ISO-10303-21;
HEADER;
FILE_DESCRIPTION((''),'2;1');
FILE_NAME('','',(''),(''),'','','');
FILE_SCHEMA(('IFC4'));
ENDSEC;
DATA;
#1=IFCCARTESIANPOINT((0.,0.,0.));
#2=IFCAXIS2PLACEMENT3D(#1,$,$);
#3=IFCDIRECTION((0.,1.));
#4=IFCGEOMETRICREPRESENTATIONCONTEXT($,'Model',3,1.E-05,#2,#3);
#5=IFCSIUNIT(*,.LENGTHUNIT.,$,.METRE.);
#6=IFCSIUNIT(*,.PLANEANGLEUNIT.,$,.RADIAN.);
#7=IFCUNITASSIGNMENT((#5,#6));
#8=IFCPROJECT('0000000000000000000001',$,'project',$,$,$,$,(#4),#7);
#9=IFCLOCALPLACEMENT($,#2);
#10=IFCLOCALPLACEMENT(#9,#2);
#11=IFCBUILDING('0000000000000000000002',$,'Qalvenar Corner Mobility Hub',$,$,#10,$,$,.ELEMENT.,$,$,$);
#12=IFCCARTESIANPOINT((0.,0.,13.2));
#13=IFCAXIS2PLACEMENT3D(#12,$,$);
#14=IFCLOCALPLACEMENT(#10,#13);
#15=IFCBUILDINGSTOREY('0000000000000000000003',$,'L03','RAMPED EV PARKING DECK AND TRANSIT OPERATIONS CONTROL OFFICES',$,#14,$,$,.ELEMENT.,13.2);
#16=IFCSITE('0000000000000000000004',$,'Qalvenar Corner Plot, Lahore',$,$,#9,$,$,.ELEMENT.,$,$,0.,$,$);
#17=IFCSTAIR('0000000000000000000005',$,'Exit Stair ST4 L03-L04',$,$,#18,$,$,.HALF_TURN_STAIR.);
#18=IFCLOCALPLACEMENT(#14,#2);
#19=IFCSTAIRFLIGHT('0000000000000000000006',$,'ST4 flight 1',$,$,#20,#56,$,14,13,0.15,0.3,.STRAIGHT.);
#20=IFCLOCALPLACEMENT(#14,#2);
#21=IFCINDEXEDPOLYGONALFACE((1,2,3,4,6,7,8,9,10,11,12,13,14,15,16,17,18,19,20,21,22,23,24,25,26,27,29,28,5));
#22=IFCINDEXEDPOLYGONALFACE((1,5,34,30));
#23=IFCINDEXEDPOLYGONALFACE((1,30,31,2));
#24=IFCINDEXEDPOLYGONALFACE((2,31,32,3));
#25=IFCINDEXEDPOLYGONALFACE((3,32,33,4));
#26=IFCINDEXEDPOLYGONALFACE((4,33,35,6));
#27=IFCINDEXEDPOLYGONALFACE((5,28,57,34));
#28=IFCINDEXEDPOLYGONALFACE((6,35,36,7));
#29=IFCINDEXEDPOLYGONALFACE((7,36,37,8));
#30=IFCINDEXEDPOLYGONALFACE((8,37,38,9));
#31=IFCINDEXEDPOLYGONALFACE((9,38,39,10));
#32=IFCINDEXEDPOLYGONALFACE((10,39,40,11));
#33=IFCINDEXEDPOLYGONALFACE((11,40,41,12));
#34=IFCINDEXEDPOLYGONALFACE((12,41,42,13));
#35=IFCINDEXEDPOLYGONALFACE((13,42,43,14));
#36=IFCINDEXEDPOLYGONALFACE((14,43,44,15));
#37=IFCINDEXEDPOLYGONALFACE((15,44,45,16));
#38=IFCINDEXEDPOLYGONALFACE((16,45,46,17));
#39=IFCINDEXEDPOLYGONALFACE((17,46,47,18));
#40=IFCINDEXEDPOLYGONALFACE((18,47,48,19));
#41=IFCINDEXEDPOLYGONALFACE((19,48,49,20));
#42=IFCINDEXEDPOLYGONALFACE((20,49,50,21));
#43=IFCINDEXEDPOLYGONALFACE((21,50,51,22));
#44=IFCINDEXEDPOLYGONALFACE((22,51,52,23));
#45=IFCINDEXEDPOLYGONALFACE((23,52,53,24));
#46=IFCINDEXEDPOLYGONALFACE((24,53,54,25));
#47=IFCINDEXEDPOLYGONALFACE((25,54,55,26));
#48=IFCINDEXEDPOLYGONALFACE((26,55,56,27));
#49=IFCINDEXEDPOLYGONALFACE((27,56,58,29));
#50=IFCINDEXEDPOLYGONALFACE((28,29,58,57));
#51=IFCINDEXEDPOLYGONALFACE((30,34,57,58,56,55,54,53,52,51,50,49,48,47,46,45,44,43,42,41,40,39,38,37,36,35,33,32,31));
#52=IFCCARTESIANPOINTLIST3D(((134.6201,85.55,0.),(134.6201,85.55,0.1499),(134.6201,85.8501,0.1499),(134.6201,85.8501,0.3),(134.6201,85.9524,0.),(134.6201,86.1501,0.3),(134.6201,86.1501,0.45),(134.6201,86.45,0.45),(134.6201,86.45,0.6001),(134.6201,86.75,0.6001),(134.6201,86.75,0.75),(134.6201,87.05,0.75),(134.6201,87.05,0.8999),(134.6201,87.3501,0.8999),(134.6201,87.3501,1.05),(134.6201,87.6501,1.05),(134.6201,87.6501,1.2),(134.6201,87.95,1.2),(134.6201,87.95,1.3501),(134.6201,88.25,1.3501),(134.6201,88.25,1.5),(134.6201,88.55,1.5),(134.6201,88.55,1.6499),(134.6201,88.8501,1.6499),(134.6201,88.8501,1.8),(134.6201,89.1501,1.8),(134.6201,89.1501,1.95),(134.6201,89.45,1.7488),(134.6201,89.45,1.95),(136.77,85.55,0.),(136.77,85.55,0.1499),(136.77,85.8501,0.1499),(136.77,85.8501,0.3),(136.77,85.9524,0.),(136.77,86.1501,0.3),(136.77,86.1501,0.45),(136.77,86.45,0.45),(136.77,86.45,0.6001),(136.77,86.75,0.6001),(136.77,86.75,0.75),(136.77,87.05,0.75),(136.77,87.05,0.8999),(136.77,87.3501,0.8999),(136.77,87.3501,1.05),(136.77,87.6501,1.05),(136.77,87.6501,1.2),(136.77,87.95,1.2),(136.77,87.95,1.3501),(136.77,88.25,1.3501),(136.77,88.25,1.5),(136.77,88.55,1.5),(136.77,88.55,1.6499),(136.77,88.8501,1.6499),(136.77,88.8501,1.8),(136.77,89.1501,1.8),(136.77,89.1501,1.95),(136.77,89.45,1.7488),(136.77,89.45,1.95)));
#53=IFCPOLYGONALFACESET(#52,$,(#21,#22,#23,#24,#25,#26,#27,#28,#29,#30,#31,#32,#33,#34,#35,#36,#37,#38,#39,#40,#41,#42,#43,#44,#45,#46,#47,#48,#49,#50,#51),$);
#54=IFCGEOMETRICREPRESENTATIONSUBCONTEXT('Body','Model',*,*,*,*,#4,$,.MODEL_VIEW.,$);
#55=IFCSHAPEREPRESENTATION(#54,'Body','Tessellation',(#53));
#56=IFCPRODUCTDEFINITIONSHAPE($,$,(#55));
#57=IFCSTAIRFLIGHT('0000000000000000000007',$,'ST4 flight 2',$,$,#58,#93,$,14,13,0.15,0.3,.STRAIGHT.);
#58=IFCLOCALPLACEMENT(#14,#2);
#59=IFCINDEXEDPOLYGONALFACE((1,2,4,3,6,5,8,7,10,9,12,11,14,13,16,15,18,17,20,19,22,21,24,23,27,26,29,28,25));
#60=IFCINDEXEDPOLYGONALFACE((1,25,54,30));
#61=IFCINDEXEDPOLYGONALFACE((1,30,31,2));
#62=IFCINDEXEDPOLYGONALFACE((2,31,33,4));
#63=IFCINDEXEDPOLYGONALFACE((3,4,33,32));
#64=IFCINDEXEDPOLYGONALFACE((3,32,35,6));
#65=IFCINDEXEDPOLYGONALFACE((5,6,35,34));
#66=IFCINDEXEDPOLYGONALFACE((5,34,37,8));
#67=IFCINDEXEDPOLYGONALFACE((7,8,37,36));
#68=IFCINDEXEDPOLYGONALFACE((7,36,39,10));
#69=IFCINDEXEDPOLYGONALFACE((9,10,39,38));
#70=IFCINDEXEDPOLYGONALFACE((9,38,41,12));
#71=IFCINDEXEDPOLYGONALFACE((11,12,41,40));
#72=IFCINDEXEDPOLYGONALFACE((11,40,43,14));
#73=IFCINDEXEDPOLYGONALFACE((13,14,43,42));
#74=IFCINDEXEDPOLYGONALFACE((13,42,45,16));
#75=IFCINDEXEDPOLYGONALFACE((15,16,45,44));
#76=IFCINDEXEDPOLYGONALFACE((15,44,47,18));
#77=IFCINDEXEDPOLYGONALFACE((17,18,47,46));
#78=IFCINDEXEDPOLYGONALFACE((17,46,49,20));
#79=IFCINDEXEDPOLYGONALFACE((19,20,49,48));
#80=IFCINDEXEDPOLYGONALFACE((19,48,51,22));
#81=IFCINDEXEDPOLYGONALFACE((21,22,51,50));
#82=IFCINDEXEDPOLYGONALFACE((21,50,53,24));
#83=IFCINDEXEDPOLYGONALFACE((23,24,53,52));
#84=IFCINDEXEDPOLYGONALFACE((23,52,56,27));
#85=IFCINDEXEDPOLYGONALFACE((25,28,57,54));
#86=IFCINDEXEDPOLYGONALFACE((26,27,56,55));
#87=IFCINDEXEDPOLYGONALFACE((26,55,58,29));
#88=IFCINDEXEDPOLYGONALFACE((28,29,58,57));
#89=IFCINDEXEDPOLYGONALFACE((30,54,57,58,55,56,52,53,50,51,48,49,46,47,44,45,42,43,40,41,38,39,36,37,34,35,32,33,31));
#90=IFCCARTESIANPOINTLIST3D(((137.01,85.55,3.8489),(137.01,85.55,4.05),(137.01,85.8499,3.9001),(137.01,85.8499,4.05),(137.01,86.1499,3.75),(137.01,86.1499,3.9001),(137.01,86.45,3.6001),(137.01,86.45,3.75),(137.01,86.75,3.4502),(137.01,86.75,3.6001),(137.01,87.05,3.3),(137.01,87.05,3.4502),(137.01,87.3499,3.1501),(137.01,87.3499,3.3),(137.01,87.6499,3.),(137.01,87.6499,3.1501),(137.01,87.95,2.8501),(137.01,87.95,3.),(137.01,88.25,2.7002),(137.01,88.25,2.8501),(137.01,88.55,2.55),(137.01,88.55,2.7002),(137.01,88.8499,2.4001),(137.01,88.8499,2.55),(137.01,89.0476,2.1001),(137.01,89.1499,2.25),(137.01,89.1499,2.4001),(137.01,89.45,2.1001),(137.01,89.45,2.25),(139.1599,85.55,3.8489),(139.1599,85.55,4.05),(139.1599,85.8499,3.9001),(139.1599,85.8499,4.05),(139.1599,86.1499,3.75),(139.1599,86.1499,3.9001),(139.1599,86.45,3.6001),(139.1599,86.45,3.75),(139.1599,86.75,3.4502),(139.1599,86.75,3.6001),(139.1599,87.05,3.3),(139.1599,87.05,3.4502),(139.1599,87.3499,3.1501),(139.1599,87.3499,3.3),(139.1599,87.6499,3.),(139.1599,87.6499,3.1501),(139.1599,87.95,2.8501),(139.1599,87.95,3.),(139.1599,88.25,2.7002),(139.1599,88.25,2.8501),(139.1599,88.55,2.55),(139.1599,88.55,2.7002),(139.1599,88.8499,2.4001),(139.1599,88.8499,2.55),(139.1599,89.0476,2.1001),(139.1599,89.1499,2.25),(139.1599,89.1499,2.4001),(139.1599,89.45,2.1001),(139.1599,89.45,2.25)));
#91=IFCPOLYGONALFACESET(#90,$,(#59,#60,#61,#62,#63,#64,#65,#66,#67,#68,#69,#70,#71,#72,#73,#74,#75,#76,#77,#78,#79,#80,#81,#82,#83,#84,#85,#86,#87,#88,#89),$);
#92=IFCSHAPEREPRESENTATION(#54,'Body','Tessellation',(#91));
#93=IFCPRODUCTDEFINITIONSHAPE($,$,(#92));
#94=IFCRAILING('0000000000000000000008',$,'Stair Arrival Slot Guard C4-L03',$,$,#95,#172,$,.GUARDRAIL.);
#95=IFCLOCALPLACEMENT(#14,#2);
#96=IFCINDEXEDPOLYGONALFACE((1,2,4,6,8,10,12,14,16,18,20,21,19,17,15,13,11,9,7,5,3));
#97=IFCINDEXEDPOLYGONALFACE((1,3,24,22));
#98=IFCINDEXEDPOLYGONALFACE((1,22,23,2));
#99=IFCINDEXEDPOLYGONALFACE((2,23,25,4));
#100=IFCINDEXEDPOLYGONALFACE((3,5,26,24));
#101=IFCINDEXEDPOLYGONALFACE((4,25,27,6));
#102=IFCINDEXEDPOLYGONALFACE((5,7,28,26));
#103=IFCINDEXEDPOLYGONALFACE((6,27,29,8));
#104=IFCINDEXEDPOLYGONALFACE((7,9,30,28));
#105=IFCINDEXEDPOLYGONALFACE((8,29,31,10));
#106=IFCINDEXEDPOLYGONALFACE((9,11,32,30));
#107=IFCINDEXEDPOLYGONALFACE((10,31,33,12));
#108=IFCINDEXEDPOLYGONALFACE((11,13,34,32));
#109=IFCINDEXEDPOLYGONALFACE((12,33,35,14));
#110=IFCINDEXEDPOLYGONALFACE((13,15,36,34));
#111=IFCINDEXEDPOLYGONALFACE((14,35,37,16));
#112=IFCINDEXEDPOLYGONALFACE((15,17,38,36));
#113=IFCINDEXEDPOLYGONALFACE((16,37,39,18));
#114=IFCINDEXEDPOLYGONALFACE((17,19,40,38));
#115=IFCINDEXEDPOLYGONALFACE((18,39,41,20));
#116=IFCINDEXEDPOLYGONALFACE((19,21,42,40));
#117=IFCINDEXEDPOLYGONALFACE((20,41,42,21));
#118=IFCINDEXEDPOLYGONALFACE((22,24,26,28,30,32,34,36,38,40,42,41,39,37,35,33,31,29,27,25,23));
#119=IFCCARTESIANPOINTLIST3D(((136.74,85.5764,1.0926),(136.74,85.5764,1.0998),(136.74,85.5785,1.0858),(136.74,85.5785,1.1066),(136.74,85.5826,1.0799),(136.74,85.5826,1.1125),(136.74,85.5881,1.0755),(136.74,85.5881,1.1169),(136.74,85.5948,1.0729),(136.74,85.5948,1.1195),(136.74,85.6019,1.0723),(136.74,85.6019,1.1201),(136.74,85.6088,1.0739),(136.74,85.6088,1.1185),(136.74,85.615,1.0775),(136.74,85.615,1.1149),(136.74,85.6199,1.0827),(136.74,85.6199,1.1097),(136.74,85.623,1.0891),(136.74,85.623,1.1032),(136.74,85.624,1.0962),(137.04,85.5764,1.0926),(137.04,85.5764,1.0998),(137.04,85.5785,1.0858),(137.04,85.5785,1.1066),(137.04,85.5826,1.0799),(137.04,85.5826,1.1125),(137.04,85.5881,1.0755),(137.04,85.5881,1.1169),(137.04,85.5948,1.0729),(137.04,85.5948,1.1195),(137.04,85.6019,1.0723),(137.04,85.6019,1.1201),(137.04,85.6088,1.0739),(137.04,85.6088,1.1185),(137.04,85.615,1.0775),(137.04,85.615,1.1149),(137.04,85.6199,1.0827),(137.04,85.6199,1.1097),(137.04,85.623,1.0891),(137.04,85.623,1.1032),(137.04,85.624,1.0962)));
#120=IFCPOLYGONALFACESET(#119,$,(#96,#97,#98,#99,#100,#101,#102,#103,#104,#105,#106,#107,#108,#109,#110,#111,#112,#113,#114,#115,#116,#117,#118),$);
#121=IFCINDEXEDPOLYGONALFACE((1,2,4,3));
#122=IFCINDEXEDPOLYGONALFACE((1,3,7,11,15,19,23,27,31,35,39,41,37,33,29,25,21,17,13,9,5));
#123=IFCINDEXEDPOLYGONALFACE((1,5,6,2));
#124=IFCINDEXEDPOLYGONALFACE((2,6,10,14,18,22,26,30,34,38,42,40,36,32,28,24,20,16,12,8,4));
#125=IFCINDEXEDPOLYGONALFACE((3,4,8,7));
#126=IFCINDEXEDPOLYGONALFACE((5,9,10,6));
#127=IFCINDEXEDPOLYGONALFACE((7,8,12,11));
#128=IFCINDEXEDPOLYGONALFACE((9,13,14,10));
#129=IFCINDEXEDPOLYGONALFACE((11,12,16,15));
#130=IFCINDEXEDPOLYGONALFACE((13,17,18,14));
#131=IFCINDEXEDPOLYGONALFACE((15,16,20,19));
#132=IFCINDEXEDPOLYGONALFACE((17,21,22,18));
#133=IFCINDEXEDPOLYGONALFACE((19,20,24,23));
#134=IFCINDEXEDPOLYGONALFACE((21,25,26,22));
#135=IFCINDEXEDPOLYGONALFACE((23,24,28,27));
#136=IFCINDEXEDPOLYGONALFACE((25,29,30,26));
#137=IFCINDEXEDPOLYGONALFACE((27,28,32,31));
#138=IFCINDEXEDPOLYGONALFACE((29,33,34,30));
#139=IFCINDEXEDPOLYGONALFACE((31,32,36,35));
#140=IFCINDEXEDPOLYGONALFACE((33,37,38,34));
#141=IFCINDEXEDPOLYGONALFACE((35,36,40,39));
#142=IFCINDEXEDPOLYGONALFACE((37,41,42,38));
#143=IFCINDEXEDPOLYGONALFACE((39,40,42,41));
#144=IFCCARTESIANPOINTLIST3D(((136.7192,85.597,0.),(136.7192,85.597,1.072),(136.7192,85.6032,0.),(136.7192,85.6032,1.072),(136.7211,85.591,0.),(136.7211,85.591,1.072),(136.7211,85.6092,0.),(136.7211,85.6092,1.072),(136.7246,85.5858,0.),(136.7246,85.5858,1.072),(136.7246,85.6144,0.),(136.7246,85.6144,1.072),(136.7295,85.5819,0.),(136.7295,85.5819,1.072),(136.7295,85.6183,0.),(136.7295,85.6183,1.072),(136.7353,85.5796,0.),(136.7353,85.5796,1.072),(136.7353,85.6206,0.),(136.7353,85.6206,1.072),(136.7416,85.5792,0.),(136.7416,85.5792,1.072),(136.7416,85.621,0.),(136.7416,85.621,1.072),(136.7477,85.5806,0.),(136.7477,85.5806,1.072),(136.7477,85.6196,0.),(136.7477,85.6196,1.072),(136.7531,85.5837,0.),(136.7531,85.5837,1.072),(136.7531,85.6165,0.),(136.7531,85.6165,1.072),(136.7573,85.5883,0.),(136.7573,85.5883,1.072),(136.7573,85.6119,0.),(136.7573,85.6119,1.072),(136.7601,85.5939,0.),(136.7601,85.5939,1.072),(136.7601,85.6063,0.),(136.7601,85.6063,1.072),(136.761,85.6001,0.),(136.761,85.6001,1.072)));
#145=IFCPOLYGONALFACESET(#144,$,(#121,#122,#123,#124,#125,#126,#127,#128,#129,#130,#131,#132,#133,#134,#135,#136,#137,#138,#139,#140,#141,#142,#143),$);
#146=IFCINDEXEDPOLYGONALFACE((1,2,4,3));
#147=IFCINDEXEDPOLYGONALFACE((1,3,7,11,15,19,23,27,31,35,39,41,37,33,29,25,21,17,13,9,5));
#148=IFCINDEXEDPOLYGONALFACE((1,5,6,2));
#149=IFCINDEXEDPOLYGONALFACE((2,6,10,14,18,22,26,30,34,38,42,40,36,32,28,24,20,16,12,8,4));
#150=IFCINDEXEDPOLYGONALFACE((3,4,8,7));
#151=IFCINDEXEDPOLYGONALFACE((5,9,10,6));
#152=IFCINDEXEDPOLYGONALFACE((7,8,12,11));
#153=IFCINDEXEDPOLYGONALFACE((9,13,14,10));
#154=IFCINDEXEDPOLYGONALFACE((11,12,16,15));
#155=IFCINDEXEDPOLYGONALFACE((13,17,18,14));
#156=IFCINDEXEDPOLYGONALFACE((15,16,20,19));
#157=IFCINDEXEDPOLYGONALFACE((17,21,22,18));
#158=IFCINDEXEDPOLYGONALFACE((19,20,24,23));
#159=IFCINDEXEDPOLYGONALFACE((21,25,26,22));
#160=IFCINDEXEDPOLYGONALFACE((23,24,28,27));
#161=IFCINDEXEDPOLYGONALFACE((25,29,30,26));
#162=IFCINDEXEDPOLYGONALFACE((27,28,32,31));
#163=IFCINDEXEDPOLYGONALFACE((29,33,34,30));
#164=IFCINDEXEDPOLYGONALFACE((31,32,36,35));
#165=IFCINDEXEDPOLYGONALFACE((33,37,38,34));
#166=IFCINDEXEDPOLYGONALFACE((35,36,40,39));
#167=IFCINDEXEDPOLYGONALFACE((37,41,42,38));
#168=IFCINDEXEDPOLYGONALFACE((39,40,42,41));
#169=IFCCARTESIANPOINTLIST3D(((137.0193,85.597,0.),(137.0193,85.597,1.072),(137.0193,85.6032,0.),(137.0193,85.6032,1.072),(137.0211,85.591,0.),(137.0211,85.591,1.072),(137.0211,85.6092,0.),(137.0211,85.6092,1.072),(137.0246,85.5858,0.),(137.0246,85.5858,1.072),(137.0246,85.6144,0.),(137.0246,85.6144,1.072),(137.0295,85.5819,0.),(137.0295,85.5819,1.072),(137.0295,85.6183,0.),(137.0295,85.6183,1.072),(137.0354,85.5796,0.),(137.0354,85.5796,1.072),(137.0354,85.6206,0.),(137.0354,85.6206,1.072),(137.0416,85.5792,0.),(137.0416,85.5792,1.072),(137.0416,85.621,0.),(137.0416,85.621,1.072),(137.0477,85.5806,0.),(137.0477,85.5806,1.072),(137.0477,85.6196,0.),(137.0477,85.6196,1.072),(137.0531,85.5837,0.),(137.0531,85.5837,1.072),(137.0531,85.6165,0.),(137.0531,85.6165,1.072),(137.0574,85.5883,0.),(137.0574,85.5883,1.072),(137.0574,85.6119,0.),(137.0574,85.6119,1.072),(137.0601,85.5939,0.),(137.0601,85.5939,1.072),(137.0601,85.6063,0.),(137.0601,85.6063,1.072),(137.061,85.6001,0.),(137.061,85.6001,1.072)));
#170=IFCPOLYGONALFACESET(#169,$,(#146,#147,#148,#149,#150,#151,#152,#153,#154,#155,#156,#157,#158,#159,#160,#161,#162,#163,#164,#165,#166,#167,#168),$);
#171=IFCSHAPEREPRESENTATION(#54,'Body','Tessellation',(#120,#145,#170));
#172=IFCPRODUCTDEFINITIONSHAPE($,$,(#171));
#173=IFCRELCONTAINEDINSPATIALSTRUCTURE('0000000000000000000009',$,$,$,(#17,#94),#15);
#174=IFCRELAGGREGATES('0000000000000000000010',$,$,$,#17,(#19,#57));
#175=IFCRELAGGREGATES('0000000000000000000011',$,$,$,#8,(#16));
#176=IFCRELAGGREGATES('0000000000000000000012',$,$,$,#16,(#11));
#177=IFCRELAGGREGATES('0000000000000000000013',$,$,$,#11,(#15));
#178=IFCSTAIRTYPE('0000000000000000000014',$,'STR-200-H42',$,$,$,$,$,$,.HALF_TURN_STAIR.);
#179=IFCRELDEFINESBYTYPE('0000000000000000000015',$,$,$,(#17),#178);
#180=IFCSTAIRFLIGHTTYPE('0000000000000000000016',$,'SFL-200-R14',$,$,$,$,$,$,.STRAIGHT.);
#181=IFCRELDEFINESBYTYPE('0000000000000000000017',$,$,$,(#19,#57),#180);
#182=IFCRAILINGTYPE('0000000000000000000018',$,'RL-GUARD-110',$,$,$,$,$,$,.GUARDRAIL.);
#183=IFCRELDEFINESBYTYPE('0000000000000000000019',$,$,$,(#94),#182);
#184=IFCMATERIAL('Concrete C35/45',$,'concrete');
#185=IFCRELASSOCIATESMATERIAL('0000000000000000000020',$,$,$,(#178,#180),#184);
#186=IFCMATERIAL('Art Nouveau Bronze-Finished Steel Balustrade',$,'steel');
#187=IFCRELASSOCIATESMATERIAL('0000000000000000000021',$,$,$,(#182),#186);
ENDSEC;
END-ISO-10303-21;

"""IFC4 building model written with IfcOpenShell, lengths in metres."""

from ifc_helpers import new_model, si_unit, direction, frame, origin, origin_2d, place, context, subcontext, project, spatial, polyline, circle, outline, extrude, material, type_object, element, aggregate, save


model = new_model("IFC4")

# Units and contexts
model_context = context("Model", 3, precision=1e-05, world=origin(), true_north=direction((0.0, 1.0)))
body_context = subcontext(model_context, "Body", "Model", "MODEL_VIEW")
ifc_project = project(units=[si_unit("LENGTHUNIT", "METRE"), si_unit("PLANEANGLEUNIT", "RADIAN")], contexts=[model_context])

# Site, building, storey
site_placement = place(None, origin())
site = spatial("IfcSite", under=ifc_project, at=site_placement, Name="Qalvenar Corner Plot, Lahore", CompositionType="ELEMENT", RefElevation=0.0)
building_placement = place(site_placement, origin())
building = spatial("IfcBuilding", under=site, at=building_placement, Name="Qalvenar Corner Mobility Hub", CompositionType="ELEMENT")
storey_placement = place(building_placement, frame((0.0, 0.0, 13.2)))
storey = spatial("IfcBuildingStorey", under=building, at=storey_placement, Name="L03", Description="RAMPED EV PARKING DECK AND TRANSIT OPERATIONS CONTROL OFFICES", CompositionType="ELEMENT", Elevation=13.2)

# Stair, stair flights
ifc_material_1 = material(Name="Concrete C35/45", Category="concrete")
stair_type = type_object("IfcStairType", Name="STR-200-H42", PredefinedType="HALF_TURN_STAIR", material=ifc_material_1)
stair_placement = place(storey_placement, origin())
stair = element("IfcStair", 1, at=stair_placement, inside=storey, type_object=stair_type, Name="Exit Stair ST4 L03-L04", PredefinedType="HALF_TURN_STAIR")
stair_flight_type = type_object("IfcStairFlightType", Name="SFL-200-R14", PredefinedType="STRAIGHT", material=ifc_material_1)
stair_flight_1_placement = place(storey_placement, frame((135.6951, 85.55, 0.0), z_axis=(0.0, 0.0, 1.0), x_axis=(0.0, 1.0, 0.0)))
stair_flight_1 = element("IfcStairFlight", 2, at=stair_flight_1_placement, type_object=stair_flight_type, Name="ST4 flight 1", NumberOfRisers=14, NumberOfTreads=13, PredefinedType="STRAIGHT", RiserHeight=0.15, TreadLength=0.3, context=body_context, shape_type="SweptSolid", body=[
    extrude(outline(polyline([(0.0, 0.0), (0.0, 0.1499), (0.3, 0.1499), (0.3, 0.3), (0.6001, 0.3), (0.6001, 0.45), (0.8999, 0.45), (0.8999, 0.6001), (1.2, 0.6001), (1.2, 0.75), (1.5, 0.75), (1.5, 0.8999), (1.8, 0.8999), (1.8, 1.05), (2.1001, 1.05), (2.1001, 1.2), (2.3999, 1.2), (2.3999, 1.3501), (2.7, 1.3501), (2.7, 1.5), (3.0, 1.5), (3.0, 1.6499), (3.3, 1.6499), (3.3, 1.8), (3.6001, 1.8), (3.6001, 1.95), (3.8999, 1.95), (3.8999, 2.1001), (3.8999, 1.7488), (0.4023, 0.0), (0.0, 0.0)])), frame((0.0, 1.075, 0.0), z_axis=(0.0, -1.0, 0.0), x_axis=(1.0, 0.0, 0.0)), (0.0, 0.0, 1.0), 2.1499),
])
stair_flight_2_placement = place(storey_placement, frame((138.085, 89.45, 2.1001), z_axis=(0.0, 0.0, 1.0), x_axis=(0.0, -1.0, 0.0)))
stair_flight_2 = element("IfcStairFlight", 3, at=stair_flight_2_placement, type_object=stair_flight_type, Name="ST4 flight 2", NumberOfRisers=14, NumberOfTreads=13, PredefinedType="STRAIGHT", RiserHeight=0.15, TreadLength=0.3, context=body_context, shape_type="SweptSolid", body=[
    extrude(outline(polyline([(0.0, 0.0), (0.0, 0.1499), (0.3, 0.1499), (0.3, 0.3), (0.6001, 0.3), (0.6001, 0.45), (0.8999, 0.45), (0.8999, 0.6001), (1.2, 0.6001), (1.2, 0.75), (1.5, 0.75), (1.5, 0.8999), (1.8, 0.8999), (1.8, 1.05), (2.1001, 1.05), (2.1001, 1.2), (2.3999, 1.2), (2.3999, 1.3501), (2.7, 1.3501), (2.7, 1.5), (3.0, 1.5), (3.0, 1.6499), (3.3, 1.6499), (3.3, 1.8), (3.6001, 1.8), (3.6001, 1.95), (3.8999, 1.95), (3.8999, 2.1001), (3.8999, 1.7488), (0.4023, 0.0), (0.0, 0.0)])), frame((0.0, 1.075, 0.0), z_axis=(0.0, -1.0, 0.0), x_axis=(1.0, 0.0, 0.0)), (0.0, 0.0, 1.0), 2.1499),
])
aggregate(stair, [stair_flight_1, stair_flight_2])

# Railing
ifc_material_2 = material(Name="Art Nouveau Bronze-Finished Steel Balustrade", Category="steel")
railing_type_1 = type_object("IfcRailingType", Name="RL-GUARD-110", PredefinedType="GUARDRAIL", material=ifc_material_2)
for number, where, name in (
    (4, (136.74, 85.6001, 0.0), "Stair Arrival Slot Guard C4-L03"),
):
    element("IfcRailing", number, at=place(storey_placement, frame(where)), inside=storey, type_object=railing_type_1, Name=name, PredefinedType="GUARDRAIL", context=body_context, shape_type="SweptSolid", body=[
        extrude(circle(Radius=0.0239, at=origin_2d()), frame((0.0, 0.0, 1.0962), z_axis=(1.0, 0.0, 0.0), x_axis=(0.0, 1.0, 0.0)), (0.0, 0.0, 1.0), 0.3),
        extrude(circle(Radius=0.021, at=origin_2d()), origin(), (0.0, 0.0, 1.0), 1.072),
        extrude(circle(Radius=0.021, at=origin_2d()), frame((0.3, 0.0, 0.0)), (0.0, 0.0, 1.0), 1.072),
    ])

save(model, "model.ifc")
